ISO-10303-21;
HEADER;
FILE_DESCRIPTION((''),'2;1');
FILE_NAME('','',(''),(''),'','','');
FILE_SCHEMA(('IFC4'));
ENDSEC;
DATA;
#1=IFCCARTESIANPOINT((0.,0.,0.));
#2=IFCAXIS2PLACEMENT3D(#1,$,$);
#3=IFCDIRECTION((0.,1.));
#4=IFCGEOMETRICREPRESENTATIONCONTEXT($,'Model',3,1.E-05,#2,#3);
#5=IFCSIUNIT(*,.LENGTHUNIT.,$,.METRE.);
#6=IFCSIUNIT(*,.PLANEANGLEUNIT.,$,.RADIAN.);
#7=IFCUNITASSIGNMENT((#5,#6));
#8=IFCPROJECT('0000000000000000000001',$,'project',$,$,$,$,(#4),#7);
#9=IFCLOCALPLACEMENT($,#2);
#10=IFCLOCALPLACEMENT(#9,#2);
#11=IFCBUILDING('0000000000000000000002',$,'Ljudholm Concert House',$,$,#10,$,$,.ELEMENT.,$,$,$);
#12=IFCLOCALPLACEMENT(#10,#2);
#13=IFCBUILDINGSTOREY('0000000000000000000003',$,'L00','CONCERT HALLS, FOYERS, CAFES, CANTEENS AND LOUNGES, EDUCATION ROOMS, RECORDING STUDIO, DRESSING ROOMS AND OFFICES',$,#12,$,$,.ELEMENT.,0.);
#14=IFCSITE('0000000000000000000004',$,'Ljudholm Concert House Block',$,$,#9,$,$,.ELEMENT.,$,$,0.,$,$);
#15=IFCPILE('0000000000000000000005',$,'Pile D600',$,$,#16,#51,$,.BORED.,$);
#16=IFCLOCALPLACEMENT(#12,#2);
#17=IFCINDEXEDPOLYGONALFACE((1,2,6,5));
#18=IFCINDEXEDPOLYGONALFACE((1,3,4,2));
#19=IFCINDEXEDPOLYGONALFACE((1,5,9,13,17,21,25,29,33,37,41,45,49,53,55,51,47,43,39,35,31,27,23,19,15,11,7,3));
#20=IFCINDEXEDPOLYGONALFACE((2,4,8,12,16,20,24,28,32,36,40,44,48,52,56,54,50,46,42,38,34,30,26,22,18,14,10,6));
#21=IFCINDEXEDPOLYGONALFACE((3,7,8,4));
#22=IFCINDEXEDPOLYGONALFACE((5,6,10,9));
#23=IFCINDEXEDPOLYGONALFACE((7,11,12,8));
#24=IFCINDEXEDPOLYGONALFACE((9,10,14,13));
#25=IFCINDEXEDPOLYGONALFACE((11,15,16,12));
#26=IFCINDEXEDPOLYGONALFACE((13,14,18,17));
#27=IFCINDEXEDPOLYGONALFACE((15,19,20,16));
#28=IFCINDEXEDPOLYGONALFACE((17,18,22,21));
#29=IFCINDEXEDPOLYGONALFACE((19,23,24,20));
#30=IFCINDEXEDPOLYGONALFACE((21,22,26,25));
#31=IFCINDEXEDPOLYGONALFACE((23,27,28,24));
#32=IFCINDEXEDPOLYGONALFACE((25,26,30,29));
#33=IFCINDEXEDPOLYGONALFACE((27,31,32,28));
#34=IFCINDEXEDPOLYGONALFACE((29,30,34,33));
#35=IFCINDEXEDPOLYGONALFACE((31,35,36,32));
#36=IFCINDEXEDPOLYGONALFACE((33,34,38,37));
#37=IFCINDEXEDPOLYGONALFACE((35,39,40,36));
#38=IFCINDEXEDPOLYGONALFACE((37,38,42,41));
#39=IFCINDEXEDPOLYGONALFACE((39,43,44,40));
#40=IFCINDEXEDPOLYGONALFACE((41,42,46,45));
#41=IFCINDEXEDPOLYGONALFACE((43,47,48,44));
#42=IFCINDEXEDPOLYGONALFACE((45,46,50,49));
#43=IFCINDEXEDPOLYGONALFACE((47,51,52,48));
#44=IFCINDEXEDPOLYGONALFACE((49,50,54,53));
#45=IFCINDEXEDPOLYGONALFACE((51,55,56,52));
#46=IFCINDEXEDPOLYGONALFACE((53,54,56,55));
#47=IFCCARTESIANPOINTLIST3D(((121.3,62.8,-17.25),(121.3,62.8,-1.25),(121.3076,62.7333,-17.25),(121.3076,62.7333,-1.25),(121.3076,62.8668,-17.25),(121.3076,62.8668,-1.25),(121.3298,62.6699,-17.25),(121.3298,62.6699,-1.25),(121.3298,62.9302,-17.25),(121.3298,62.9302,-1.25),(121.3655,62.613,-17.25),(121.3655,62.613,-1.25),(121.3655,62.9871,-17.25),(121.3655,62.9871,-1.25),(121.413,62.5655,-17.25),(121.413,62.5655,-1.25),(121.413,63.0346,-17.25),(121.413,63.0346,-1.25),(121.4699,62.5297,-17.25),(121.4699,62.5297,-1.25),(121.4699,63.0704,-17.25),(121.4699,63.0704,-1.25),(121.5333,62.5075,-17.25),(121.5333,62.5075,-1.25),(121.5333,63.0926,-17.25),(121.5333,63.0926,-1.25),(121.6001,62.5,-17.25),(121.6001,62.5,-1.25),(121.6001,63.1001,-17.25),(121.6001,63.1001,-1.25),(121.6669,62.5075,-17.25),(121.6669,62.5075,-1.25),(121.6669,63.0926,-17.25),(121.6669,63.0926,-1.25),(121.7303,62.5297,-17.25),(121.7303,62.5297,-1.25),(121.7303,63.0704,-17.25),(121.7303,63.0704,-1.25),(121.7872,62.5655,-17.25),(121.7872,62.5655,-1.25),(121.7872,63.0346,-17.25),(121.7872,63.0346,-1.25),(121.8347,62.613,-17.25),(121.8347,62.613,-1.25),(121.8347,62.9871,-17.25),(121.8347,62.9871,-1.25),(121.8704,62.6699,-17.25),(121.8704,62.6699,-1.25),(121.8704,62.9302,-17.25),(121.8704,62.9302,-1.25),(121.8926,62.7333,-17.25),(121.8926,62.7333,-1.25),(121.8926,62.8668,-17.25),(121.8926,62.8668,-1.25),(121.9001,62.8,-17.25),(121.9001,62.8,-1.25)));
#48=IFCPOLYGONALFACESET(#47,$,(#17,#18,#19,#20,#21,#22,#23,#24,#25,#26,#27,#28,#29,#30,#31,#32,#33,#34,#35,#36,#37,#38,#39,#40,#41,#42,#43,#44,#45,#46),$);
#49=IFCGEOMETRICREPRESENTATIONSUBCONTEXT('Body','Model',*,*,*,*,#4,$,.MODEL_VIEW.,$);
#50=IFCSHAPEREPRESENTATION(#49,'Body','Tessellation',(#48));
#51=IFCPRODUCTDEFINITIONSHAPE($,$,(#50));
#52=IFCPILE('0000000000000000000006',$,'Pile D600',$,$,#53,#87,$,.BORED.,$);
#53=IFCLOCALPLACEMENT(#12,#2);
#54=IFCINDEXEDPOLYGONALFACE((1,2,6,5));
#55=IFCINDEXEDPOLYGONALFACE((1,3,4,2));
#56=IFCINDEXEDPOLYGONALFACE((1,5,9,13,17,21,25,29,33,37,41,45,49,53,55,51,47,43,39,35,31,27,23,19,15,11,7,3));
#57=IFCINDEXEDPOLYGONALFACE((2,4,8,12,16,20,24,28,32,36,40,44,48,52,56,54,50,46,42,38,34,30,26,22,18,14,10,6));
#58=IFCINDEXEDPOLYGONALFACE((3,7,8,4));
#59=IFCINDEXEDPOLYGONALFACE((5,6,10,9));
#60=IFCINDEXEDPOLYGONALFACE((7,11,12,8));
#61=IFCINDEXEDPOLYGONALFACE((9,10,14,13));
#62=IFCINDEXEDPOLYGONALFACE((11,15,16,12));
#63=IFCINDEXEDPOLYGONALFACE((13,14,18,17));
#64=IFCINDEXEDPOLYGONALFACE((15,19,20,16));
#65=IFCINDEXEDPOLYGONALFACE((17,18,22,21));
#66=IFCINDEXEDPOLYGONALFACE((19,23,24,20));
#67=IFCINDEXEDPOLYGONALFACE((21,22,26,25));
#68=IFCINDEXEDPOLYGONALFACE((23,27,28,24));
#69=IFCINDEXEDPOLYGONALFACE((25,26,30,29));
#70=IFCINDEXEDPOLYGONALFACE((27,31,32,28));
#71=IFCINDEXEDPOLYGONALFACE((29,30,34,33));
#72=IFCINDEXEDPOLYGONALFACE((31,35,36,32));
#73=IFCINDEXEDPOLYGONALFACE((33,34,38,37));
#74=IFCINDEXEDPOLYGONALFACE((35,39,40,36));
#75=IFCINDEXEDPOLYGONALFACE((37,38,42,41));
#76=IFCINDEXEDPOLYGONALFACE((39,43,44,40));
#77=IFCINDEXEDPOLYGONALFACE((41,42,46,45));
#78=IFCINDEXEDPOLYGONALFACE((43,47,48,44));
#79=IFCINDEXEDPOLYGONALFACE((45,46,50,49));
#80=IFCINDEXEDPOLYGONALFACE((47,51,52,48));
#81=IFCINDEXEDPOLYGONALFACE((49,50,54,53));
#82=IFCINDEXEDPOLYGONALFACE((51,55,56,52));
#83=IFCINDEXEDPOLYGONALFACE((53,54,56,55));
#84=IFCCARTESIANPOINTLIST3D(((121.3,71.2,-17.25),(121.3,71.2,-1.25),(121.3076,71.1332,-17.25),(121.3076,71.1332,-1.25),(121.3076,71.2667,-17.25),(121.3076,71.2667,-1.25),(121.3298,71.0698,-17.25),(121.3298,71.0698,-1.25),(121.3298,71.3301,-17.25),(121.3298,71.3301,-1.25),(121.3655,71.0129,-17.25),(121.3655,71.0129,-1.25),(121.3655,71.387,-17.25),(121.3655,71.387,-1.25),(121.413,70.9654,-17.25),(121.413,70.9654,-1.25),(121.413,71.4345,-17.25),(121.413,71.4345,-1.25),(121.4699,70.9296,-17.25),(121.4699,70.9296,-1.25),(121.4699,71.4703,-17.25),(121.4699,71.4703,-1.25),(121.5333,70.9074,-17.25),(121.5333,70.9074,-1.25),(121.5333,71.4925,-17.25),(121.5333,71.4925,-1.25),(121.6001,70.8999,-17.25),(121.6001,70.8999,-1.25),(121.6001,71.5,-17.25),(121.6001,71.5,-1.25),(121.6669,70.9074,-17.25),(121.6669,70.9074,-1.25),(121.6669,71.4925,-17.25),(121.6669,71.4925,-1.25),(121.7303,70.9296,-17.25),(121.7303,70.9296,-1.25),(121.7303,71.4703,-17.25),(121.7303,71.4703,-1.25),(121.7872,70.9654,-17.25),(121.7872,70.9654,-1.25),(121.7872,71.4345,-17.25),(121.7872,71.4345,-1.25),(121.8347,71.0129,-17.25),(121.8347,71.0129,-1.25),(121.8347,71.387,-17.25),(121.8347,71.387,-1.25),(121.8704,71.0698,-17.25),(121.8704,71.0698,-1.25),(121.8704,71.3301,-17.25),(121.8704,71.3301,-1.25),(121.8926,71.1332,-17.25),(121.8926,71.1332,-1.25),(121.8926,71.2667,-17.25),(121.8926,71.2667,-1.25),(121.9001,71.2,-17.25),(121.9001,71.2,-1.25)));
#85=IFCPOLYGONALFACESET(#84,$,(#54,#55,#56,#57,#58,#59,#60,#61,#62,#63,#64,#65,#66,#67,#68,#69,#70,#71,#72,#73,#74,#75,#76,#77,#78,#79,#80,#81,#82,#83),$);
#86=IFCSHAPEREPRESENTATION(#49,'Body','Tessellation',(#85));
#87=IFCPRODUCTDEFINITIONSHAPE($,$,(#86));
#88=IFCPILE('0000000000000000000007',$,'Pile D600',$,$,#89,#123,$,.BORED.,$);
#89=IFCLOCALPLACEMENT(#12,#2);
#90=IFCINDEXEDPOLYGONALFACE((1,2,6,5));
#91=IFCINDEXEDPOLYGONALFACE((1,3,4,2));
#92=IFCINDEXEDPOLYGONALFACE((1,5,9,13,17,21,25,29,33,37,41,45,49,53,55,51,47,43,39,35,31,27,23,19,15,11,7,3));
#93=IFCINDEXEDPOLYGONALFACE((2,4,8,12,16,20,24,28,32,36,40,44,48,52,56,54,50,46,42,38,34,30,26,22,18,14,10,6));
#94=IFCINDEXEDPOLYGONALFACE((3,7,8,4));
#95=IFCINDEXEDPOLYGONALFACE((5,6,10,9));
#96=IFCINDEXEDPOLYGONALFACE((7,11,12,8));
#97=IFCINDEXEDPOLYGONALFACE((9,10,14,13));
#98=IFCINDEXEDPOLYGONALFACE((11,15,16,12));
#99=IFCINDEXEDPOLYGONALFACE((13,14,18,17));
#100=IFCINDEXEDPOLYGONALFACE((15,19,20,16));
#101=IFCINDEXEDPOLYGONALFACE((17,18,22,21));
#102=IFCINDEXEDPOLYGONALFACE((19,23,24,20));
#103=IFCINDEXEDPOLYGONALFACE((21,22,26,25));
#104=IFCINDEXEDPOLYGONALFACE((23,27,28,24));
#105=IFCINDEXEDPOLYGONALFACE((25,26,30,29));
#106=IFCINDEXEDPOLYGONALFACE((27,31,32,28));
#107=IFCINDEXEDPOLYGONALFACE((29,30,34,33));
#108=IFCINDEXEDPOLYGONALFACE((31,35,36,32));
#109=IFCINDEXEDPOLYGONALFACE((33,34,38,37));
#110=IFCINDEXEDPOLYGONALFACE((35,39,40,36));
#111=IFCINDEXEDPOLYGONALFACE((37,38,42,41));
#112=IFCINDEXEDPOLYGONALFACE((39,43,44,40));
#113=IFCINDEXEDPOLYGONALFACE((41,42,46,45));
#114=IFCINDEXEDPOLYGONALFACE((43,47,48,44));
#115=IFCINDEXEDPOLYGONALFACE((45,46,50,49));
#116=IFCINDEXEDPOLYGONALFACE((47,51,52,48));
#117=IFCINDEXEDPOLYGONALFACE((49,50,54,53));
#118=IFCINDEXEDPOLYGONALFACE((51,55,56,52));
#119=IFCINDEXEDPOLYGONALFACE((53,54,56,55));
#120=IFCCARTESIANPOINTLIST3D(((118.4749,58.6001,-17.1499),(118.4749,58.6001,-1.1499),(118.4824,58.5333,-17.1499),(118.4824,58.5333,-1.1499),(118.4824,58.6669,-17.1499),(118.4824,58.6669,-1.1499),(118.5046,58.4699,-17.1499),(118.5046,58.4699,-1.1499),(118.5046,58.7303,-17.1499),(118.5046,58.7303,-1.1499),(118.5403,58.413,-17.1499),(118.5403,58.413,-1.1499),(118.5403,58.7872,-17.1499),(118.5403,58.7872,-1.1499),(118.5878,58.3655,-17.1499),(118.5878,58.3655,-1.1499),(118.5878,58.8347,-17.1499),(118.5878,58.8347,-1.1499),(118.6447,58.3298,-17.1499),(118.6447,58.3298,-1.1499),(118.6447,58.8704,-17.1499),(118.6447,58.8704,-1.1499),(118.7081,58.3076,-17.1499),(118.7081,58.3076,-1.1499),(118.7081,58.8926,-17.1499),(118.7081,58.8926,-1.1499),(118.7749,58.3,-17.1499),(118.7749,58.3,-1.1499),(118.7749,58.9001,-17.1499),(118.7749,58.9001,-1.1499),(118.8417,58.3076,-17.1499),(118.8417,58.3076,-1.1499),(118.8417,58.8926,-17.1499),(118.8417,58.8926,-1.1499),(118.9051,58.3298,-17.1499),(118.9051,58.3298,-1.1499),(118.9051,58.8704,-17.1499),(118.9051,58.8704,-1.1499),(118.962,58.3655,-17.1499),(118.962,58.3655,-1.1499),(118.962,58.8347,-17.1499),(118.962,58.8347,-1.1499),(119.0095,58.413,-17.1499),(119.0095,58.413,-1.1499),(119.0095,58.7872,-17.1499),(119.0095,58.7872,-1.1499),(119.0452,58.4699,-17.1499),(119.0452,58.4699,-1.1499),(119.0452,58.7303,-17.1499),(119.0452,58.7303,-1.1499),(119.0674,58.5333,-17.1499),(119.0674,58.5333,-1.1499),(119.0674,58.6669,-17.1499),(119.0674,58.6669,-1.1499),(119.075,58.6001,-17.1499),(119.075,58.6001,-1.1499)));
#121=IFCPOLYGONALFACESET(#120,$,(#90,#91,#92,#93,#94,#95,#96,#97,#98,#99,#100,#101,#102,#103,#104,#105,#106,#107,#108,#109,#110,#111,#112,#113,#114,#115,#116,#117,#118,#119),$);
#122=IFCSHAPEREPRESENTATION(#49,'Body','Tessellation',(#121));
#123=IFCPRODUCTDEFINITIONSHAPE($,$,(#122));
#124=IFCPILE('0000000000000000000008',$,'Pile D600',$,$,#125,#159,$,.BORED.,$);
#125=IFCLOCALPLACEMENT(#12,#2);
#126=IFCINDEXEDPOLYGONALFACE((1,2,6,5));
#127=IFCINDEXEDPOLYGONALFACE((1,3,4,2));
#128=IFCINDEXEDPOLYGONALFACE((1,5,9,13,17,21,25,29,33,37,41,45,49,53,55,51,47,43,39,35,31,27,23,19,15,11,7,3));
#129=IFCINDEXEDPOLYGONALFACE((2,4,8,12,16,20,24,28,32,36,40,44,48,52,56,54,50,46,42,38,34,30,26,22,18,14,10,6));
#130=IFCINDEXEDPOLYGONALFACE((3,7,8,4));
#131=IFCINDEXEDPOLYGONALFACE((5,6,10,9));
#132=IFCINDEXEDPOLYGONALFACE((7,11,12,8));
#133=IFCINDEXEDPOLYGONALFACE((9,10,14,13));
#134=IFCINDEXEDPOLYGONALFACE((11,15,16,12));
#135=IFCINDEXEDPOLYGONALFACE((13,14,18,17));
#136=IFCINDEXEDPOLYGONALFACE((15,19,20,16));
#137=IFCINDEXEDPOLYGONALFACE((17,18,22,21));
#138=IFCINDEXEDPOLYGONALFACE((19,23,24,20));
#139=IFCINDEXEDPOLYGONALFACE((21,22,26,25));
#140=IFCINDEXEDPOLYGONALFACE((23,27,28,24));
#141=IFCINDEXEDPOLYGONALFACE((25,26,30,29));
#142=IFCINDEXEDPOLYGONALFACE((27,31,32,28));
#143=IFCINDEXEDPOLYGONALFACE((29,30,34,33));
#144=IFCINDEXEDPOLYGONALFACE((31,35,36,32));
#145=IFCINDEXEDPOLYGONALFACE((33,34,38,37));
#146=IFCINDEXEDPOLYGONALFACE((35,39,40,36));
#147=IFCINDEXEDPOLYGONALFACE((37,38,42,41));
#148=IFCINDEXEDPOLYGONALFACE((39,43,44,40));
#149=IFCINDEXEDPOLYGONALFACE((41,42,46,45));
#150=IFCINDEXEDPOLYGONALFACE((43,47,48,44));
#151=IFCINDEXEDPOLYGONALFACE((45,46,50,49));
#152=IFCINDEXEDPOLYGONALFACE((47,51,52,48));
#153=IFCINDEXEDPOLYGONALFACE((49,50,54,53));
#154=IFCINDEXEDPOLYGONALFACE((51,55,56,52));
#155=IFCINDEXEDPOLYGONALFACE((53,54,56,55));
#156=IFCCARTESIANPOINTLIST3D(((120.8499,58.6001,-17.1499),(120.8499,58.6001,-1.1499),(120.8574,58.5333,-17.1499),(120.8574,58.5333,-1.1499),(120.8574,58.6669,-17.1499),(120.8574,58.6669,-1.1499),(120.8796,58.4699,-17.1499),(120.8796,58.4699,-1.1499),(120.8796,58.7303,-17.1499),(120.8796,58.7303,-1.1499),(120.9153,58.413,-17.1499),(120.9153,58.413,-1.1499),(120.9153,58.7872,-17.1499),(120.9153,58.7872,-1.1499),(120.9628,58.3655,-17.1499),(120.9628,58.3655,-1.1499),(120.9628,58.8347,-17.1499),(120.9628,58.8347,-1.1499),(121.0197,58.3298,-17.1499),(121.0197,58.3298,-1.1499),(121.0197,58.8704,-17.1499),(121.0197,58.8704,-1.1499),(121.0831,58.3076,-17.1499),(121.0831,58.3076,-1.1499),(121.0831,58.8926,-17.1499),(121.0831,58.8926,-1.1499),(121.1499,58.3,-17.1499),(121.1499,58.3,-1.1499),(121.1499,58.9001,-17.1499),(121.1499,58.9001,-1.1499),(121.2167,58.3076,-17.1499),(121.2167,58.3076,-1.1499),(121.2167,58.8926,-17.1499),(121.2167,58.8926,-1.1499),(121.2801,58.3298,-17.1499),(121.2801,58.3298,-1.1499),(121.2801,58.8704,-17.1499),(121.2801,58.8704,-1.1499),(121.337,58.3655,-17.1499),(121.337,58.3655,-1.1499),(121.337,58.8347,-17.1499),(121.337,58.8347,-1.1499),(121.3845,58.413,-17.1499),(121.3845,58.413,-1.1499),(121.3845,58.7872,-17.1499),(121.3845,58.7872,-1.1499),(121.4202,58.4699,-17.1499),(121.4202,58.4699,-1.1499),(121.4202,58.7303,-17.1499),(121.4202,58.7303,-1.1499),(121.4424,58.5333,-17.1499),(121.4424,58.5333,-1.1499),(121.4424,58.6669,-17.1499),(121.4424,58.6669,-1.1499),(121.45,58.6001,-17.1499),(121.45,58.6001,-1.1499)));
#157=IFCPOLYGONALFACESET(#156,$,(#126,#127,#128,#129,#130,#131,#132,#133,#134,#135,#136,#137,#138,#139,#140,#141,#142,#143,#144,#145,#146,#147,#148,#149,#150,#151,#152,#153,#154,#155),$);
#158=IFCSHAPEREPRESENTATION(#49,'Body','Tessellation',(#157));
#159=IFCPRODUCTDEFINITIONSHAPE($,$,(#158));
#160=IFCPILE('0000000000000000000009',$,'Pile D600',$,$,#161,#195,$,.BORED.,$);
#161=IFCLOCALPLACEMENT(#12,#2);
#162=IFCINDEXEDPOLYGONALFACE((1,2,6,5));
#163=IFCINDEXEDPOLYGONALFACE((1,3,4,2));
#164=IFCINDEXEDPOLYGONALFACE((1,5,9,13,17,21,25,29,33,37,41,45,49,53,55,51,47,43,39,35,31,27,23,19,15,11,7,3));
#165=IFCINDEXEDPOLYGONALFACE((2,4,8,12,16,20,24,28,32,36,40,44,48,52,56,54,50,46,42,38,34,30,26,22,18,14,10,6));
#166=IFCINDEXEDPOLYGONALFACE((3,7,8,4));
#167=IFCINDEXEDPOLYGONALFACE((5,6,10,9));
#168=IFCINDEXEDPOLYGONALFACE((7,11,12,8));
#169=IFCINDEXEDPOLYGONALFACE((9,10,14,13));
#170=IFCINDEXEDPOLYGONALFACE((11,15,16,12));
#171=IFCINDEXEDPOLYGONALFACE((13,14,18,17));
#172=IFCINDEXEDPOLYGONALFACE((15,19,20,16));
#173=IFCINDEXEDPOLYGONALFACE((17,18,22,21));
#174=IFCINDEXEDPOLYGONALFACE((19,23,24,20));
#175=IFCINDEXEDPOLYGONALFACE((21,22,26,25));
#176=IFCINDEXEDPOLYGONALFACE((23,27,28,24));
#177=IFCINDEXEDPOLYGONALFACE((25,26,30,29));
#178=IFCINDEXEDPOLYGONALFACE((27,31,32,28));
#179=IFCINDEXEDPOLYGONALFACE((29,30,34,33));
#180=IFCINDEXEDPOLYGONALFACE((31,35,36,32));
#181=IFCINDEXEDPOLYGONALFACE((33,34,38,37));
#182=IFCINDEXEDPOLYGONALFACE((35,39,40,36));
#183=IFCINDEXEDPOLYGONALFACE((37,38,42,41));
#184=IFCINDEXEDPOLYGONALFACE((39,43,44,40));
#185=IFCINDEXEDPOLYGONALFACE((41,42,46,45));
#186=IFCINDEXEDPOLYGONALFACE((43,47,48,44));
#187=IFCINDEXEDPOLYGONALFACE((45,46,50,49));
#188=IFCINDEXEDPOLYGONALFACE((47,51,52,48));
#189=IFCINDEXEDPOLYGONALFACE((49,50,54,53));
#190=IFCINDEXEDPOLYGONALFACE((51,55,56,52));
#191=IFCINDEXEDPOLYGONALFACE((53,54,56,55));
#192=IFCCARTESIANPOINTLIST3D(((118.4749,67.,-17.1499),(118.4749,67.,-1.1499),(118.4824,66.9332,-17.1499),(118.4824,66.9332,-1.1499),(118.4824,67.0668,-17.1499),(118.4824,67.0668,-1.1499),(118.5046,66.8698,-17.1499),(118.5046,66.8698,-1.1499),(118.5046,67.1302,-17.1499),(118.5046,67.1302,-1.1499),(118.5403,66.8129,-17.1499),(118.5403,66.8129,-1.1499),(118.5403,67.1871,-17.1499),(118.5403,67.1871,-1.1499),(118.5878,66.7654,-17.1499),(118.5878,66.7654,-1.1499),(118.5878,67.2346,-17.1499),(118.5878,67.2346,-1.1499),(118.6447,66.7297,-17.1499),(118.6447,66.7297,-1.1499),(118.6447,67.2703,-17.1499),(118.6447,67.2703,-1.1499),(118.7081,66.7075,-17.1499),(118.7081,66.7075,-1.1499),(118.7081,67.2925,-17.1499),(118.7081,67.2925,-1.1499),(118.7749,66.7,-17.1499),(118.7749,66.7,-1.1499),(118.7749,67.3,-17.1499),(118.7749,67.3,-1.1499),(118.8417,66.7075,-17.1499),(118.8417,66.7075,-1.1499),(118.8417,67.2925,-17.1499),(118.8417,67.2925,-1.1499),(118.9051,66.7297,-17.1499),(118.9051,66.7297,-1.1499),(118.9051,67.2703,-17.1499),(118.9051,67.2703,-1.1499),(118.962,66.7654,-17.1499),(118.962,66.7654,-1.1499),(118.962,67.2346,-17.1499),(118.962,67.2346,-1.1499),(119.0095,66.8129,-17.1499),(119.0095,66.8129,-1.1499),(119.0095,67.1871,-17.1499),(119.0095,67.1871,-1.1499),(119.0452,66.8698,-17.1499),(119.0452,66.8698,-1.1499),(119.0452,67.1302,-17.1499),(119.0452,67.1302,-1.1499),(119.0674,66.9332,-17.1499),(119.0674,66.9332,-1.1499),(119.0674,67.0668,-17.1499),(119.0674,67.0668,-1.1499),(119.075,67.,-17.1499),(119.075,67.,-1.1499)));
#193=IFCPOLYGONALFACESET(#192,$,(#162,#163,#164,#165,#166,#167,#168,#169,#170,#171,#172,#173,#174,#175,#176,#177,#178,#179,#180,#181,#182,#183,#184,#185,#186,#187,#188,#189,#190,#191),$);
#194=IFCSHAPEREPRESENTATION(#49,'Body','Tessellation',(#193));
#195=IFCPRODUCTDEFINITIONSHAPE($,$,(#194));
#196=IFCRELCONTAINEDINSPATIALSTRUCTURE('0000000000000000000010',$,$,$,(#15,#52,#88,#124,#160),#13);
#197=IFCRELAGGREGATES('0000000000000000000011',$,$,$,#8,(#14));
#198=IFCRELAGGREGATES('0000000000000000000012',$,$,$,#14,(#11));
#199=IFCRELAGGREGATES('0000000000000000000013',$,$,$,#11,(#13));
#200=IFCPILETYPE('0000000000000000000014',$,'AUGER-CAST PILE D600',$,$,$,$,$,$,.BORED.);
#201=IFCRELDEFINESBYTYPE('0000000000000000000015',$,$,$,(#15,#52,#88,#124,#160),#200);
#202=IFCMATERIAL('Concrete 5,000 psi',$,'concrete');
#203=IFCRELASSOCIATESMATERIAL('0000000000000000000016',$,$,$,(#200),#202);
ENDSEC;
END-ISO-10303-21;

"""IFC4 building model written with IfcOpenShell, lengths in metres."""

from ifc_helpers import new_model, si_unit, direction, frame, origin, origin_2d, place, context, subcontext, project, spatial, circle, extrude, material, material_profile, profile_set, type_object, element, save


model = new_model("IFC4")

# Units and contexts
model_context = context("Model", 3, precision=1e-05, world=origin(), true_north=direction((0.0, 1.0)))
body_context = subcontext(model_context, "Body", "Model", "MODEL_VIEW")
ifc_project = project(units=[si_unit("LENGTHUNIT", "METRE"), si_unit("PLANEANGLEUNIT", "RADIAN")], contexts=[model_context])

# Site, building, storey
site_placement = place(None, origin())
site = spatial("IfcSite", under=ifc_project, at=site_placement, Name="Ljudholm Concert House Block", CompositionType="ELEMENT", RefElevation=0.0)
building_placement = place(site_placement, origin())
building = spatial("IfcBuilding", under=site, at=building_placement, Name="Ljudholm Concert House", CompositionType="ELEMENT")
storey_placement = place(building_placement, origin())
storey = spatial("IfcBuildingStorey", under=building, at=storey_placement, Name="L00", Description="CONCERT HALLS, FOYERS, CAFES, CANTEENS AND LOUNGES, EDUCATION ROOMS, RECORDING STUDIO, DRESSING ROOMS AND OFFICES", CompositionType="ELEMENT", Elevation=0.0)

# Piles
ifc_material_1 = material(Name="Concrete 5,000 psi", Category="concrete")
ifc_material_profile_1 = material_profile(ifc_material_1, circle(Radius=0.3, at=origin_2d()), Name="AUGER-CAST PILE D600")
ifc_profile_set_1 = profile_set([ifc_material_profile_1], Name="Concrete 5,000 psi")
pile_type = type_object("IfcPileType", Name="AUGER-CAST PILE D600", PredefinedType="BORED", material=ifc_profile_set_1)
for number, where, z_axis, x_axis, name in (
    (1, (121.6001, 62.8, -1.25), (0.0, 0.0, -1.0), (1.0, 0.0, 0.0), "Pile D600"),
    (2, (121.6001, 71.2, -1.25), (0.0, 0.0, -1.0), (1.0, 0.0, 0.0), "Pile D600"),
    (3, (118.7749, 58.6001, -1.1499), (0.0, 0.0, -1.0), (1.0, 0.0, 0.0), "Pile D600"),
    (4, (121.1499, 58.6001, -1.1499), (0.0, 0.0, -1.0), (1.0, 0.0, 0.0), "Pile D600"),
    (5, (118.7749, 67.0, -1.1499), (0.0, 0.0, -1.0), (1.0, 0.0, 0.0), "Pile D600"),
):
    element("IfcPile", number, at=place(storey_placement, frame(where, z_axis=z_axis, x_axis=x_axis)), inside=storey, type_object=pile_type, Name=name, PredefinedType="BORED", context=body_context, shape_type="SweptSolid", body=[
        extrude(circle(Radius=0.3, at=origin_2d()), origin(), (0.0, 0.0, 1.0), 16.0),
    ])

save(model, "model.ifc")
